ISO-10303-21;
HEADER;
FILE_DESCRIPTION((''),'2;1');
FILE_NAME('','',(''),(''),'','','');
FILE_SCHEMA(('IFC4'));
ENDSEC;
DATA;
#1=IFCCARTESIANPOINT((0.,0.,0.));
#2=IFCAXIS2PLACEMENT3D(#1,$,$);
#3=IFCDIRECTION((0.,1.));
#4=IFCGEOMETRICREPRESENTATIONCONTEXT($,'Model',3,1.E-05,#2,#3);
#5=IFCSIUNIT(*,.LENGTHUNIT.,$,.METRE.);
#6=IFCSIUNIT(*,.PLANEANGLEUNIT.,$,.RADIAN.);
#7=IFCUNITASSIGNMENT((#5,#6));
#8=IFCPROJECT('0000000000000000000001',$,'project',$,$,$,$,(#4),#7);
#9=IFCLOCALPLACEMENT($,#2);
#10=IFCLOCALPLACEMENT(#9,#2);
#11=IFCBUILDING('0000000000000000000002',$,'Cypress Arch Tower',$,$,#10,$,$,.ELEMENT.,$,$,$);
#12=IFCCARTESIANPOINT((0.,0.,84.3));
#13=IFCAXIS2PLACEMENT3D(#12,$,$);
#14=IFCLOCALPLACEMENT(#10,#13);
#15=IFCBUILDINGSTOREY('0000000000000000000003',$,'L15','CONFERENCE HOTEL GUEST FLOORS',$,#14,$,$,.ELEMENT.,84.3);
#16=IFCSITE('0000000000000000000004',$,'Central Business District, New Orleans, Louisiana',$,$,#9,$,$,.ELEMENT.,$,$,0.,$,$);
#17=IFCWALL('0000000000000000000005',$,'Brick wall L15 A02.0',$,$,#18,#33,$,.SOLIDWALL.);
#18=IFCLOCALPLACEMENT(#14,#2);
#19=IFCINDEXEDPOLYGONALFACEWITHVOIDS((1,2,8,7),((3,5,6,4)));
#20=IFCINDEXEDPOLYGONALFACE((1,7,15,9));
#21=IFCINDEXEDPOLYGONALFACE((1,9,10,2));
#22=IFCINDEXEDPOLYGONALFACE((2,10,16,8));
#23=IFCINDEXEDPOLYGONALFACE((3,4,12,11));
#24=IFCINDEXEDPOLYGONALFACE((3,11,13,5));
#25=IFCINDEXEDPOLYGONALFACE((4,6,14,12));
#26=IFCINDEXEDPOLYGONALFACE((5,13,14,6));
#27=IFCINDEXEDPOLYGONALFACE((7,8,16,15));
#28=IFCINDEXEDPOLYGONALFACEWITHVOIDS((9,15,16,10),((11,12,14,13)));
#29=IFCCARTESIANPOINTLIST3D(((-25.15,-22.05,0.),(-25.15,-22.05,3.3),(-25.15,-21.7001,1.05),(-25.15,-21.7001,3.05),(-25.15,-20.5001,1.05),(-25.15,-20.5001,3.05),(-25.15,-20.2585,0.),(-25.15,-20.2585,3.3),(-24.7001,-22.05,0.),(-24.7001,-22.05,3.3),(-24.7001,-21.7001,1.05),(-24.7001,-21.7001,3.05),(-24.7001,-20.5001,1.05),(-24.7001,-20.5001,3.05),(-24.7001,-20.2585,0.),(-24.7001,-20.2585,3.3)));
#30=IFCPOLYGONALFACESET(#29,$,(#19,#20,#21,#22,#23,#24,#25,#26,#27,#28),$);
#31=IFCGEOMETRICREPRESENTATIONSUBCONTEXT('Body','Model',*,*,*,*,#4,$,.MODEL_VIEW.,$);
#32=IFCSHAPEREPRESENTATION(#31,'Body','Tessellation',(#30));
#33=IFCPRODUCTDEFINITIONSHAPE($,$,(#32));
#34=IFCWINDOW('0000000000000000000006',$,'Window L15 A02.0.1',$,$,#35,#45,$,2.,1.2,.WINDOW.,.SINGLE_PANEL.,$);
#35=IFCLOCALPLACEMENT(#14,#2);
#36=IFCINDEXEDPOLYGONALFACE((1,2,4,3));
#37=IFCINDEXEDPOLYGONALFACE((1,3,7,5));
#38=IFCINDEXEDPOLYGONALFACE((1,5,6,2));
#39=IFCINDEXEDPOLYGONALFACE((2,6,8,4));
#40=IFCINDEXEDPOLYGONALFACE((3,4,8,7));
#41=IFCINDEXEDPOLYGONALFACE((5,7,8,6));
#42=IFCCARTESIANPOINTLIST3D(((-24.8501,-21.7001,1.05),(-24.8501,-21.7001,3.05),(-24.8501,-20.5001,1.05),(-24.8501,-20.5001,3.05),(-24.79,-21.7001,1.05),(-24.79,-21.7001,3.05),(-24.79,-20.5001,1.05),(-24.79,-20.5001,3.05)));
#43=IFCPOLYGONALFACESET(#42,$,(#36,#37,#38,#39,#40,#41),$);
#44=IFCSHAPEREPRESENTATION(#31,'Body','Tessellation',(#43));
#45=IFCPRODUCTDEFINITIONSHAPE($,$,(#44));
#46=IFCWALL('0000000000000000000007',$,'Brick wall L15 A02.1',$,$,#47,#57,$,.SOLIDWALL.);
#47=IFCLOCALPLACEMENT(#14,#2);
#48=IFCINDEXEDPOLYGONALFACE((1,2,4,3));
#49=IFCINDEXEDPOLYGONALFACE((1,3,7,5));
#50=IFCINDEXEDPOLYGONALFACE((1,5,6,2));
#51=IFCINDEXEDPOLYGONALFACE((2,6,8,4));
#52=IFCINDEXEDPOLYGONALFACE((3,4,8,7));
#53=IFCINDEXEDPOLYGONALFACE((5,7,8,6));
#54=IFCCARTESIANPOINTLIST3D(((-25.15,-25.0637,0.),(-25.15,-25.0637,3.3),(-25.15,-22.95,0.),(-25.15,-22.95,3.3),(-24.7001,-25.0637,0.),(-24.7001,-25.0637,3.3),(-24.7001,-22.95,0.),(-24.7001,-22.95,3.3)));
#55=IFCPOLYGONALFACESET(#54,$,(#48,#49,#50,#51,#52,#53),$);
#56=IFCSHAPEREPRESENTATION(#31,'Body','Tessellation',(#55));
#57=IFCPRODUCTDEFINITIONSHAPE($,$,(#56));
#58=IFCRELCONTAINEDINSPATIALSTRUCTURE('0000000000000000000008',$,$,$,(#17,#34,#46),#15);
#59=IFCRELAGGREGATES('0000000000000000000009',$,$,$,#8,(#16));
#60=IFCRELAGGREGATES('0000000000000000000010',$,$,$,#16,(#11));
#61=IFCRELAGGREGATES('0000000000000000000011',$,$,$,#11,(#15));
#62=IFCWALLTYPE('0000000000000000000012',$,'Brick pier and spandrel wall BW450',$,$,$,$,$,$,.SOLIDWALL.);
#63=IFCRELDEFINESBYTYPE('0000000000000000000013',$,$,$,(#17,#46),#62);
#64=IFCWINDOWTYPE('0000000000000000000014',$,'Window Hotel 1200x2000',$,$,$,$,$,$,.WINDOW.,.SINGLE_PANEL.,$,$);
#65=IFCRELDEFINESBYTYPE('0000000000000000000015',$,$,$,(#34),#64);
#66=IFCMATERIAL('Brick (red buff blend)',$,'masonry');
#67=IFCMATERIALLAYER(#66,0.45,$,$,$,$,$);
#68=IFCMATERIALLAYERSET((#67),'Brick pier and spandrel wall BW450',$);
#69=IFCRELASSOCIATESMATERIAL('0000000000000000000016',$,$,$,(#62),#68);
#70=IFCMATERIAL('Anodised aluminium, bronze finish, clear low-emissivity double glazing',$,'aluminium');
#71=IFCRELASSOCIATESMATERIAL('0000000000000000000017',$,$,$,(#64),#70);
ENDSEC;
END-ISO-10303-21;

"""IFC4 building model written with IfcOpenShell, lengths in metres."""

from ifc_helpers import new_model, si_unit, direction, frame, frame_2d, origin, place, context, subcontext, project, spatial, rectangle, extrude, material, layer, layer_set, type_object, element, fill, save


model = new_model("IFC4")

# Units and contexts
model_context = context("Model", 3, precision=1e-05, world=origin(), true_north=direction((0.0, 1.0)))
body_context = subcontext(model_context, "Body", "Model", "MODEL_VIEW")
ifc_project = project(units=[si_unit("LENGTHUNIT", "METRE"), si_unit("PLANEANGLEUNIT", "RADIAN")], contexts=[model_context])

# Site, building, storey
site_placement = place(None, origin())
site = spatial("IfcSite", under=ifc_project, at=site_placement, Name="Central Business District, New Orleans, Louisiana", CompositionType="ELEMENT", RefElevation=0.0)
building_placement = place(site_placement, origin())
building = spatial("IfcBuilding", under=site, at=building_placement, Name="Cypress Arch Tower", CompositionType="ELEMENT")
storey_placement = place(building_placement, frame((0.0, 0.0, 84.3)))
storey = spatial("IfcBuildingStorey", under=building, at=storey_placement, Name="L15", Description="CONFERENCE HOTEL GUEST FLOORS", CompositionType="ELEMENT", Elevation=84.3)

# Wall, opening, window
ifc_material_1 = material(Name="Brick (red buff blend)", Category="masonry")
ifc_layer_1 = layer(ifc_material_1, 0.45)
ifc_layer_set_1 = layer_set([ifc_layer_1], Name="Brick pier and spandrel wall BW450")
wall_type_1 = type_object("IfcWallType", Name="Brick pier and spandrel wall BW450", PredefinedType="SOLIDWALL", material=ifc_layer_set_1)
wall_1_placement = place(storey_placement, frame((-24.925, -20.2585, 0.0), z_axis=(0.0, 0.0, 1.0), x_axis=(0.0, -1.0, 0.0)))
wall_1 = element("IfcWall", 1, at=wall_1_placement, inside=storey, type_object=wall_type_1, Name="Brick wall L15 A02.0", PredefinedType="SOLIDWALL", context=body_context, shape_type="SweptSolid", body=[
    extrude(rectangle(XDim=1.7915, YDim=0.45, at=frame_2d((0.8958, 0.0))), origin(), (0.0, 0.0, 1.0), 3.3),
])
opening_1_placement = place(wall_1_placement, frame((0.2415, 0.0, 1.05)))
opening_1 = element("IfcOpeningElement", 2, at=opening_1_placement, cuts=wall_1, PredefinedType="OPENING", context=body_context, shape_type="SweptSolid", body=[
    extrude(rectangle(XDim=1.2, YDim=2.0, at=frame_2d((0.6001, 1.0))), frame((0.0, 0.2349, 0.0), z_axis=(0.0, -1.0, 0.0), x_axis=(1.0, 0.0, 0.0)), (0.0, 0.0, 1.0), 0.47),
])
ifc_material_2 = material(Name="Anodised aluminium, bronze finish, clear low-emissivity double glazing", Category="aluminium")
window_type_1 = type_object("IfcWindowType", Name="Window Hotel 1200x2000", PartitioningType="SINGLE_PANEL", PredefinedType="WINDOW", material=ifc_material_2)
window_1_placement = place(opening_1_placement, origin())
window_1 = element("IfcWindow", 3, at=window_1_placement, inside=storey, type_object=window_type_1, Name="Window L15 A02.0.1", OverallHeight=2.0, OverallWidth=1.2, PartitioningType="SINGLE_PANEL", PredefinedType="WINDOW", context=body_context, shape_type="SweptSolid", body=[
    extrude(rectangle(XDim=1.2, YDim=2.0, at=frame_2d((0.6001, 1.0))), frame((0.0, 0.135, 0.0), z_axis=(0.0, -1.0, 0.0), x_axis=(1.0, 0.0, 0.0)), (0.0, 0.0, 1.0), 0.0601),
])
fill(opening_1, window_1)

# Wall
wall_2_placement = place(storey_placement, frame((-24.925, -22.95, 0.0), z_axis=(0.0, 0.0, 1.0), x_axis=(0.0, -1.0, 0.0)))
element("IfcWall", 4, at=wall_2_placement, inside=storey, type_object=wall_type_1, Name="Brick wall L15 A02.1", PredefinedType="SOLIDWALL", context=body_context, shape_type="SweptSolid", body=[
    extrude(rectangle(XDim=2.1138, YDim=0.45, at=frame_2d((1.0569, 0.0))), origin(), (0.0, 0.0, 1.0), 3.3),
])

save(model, "model.ifc")
